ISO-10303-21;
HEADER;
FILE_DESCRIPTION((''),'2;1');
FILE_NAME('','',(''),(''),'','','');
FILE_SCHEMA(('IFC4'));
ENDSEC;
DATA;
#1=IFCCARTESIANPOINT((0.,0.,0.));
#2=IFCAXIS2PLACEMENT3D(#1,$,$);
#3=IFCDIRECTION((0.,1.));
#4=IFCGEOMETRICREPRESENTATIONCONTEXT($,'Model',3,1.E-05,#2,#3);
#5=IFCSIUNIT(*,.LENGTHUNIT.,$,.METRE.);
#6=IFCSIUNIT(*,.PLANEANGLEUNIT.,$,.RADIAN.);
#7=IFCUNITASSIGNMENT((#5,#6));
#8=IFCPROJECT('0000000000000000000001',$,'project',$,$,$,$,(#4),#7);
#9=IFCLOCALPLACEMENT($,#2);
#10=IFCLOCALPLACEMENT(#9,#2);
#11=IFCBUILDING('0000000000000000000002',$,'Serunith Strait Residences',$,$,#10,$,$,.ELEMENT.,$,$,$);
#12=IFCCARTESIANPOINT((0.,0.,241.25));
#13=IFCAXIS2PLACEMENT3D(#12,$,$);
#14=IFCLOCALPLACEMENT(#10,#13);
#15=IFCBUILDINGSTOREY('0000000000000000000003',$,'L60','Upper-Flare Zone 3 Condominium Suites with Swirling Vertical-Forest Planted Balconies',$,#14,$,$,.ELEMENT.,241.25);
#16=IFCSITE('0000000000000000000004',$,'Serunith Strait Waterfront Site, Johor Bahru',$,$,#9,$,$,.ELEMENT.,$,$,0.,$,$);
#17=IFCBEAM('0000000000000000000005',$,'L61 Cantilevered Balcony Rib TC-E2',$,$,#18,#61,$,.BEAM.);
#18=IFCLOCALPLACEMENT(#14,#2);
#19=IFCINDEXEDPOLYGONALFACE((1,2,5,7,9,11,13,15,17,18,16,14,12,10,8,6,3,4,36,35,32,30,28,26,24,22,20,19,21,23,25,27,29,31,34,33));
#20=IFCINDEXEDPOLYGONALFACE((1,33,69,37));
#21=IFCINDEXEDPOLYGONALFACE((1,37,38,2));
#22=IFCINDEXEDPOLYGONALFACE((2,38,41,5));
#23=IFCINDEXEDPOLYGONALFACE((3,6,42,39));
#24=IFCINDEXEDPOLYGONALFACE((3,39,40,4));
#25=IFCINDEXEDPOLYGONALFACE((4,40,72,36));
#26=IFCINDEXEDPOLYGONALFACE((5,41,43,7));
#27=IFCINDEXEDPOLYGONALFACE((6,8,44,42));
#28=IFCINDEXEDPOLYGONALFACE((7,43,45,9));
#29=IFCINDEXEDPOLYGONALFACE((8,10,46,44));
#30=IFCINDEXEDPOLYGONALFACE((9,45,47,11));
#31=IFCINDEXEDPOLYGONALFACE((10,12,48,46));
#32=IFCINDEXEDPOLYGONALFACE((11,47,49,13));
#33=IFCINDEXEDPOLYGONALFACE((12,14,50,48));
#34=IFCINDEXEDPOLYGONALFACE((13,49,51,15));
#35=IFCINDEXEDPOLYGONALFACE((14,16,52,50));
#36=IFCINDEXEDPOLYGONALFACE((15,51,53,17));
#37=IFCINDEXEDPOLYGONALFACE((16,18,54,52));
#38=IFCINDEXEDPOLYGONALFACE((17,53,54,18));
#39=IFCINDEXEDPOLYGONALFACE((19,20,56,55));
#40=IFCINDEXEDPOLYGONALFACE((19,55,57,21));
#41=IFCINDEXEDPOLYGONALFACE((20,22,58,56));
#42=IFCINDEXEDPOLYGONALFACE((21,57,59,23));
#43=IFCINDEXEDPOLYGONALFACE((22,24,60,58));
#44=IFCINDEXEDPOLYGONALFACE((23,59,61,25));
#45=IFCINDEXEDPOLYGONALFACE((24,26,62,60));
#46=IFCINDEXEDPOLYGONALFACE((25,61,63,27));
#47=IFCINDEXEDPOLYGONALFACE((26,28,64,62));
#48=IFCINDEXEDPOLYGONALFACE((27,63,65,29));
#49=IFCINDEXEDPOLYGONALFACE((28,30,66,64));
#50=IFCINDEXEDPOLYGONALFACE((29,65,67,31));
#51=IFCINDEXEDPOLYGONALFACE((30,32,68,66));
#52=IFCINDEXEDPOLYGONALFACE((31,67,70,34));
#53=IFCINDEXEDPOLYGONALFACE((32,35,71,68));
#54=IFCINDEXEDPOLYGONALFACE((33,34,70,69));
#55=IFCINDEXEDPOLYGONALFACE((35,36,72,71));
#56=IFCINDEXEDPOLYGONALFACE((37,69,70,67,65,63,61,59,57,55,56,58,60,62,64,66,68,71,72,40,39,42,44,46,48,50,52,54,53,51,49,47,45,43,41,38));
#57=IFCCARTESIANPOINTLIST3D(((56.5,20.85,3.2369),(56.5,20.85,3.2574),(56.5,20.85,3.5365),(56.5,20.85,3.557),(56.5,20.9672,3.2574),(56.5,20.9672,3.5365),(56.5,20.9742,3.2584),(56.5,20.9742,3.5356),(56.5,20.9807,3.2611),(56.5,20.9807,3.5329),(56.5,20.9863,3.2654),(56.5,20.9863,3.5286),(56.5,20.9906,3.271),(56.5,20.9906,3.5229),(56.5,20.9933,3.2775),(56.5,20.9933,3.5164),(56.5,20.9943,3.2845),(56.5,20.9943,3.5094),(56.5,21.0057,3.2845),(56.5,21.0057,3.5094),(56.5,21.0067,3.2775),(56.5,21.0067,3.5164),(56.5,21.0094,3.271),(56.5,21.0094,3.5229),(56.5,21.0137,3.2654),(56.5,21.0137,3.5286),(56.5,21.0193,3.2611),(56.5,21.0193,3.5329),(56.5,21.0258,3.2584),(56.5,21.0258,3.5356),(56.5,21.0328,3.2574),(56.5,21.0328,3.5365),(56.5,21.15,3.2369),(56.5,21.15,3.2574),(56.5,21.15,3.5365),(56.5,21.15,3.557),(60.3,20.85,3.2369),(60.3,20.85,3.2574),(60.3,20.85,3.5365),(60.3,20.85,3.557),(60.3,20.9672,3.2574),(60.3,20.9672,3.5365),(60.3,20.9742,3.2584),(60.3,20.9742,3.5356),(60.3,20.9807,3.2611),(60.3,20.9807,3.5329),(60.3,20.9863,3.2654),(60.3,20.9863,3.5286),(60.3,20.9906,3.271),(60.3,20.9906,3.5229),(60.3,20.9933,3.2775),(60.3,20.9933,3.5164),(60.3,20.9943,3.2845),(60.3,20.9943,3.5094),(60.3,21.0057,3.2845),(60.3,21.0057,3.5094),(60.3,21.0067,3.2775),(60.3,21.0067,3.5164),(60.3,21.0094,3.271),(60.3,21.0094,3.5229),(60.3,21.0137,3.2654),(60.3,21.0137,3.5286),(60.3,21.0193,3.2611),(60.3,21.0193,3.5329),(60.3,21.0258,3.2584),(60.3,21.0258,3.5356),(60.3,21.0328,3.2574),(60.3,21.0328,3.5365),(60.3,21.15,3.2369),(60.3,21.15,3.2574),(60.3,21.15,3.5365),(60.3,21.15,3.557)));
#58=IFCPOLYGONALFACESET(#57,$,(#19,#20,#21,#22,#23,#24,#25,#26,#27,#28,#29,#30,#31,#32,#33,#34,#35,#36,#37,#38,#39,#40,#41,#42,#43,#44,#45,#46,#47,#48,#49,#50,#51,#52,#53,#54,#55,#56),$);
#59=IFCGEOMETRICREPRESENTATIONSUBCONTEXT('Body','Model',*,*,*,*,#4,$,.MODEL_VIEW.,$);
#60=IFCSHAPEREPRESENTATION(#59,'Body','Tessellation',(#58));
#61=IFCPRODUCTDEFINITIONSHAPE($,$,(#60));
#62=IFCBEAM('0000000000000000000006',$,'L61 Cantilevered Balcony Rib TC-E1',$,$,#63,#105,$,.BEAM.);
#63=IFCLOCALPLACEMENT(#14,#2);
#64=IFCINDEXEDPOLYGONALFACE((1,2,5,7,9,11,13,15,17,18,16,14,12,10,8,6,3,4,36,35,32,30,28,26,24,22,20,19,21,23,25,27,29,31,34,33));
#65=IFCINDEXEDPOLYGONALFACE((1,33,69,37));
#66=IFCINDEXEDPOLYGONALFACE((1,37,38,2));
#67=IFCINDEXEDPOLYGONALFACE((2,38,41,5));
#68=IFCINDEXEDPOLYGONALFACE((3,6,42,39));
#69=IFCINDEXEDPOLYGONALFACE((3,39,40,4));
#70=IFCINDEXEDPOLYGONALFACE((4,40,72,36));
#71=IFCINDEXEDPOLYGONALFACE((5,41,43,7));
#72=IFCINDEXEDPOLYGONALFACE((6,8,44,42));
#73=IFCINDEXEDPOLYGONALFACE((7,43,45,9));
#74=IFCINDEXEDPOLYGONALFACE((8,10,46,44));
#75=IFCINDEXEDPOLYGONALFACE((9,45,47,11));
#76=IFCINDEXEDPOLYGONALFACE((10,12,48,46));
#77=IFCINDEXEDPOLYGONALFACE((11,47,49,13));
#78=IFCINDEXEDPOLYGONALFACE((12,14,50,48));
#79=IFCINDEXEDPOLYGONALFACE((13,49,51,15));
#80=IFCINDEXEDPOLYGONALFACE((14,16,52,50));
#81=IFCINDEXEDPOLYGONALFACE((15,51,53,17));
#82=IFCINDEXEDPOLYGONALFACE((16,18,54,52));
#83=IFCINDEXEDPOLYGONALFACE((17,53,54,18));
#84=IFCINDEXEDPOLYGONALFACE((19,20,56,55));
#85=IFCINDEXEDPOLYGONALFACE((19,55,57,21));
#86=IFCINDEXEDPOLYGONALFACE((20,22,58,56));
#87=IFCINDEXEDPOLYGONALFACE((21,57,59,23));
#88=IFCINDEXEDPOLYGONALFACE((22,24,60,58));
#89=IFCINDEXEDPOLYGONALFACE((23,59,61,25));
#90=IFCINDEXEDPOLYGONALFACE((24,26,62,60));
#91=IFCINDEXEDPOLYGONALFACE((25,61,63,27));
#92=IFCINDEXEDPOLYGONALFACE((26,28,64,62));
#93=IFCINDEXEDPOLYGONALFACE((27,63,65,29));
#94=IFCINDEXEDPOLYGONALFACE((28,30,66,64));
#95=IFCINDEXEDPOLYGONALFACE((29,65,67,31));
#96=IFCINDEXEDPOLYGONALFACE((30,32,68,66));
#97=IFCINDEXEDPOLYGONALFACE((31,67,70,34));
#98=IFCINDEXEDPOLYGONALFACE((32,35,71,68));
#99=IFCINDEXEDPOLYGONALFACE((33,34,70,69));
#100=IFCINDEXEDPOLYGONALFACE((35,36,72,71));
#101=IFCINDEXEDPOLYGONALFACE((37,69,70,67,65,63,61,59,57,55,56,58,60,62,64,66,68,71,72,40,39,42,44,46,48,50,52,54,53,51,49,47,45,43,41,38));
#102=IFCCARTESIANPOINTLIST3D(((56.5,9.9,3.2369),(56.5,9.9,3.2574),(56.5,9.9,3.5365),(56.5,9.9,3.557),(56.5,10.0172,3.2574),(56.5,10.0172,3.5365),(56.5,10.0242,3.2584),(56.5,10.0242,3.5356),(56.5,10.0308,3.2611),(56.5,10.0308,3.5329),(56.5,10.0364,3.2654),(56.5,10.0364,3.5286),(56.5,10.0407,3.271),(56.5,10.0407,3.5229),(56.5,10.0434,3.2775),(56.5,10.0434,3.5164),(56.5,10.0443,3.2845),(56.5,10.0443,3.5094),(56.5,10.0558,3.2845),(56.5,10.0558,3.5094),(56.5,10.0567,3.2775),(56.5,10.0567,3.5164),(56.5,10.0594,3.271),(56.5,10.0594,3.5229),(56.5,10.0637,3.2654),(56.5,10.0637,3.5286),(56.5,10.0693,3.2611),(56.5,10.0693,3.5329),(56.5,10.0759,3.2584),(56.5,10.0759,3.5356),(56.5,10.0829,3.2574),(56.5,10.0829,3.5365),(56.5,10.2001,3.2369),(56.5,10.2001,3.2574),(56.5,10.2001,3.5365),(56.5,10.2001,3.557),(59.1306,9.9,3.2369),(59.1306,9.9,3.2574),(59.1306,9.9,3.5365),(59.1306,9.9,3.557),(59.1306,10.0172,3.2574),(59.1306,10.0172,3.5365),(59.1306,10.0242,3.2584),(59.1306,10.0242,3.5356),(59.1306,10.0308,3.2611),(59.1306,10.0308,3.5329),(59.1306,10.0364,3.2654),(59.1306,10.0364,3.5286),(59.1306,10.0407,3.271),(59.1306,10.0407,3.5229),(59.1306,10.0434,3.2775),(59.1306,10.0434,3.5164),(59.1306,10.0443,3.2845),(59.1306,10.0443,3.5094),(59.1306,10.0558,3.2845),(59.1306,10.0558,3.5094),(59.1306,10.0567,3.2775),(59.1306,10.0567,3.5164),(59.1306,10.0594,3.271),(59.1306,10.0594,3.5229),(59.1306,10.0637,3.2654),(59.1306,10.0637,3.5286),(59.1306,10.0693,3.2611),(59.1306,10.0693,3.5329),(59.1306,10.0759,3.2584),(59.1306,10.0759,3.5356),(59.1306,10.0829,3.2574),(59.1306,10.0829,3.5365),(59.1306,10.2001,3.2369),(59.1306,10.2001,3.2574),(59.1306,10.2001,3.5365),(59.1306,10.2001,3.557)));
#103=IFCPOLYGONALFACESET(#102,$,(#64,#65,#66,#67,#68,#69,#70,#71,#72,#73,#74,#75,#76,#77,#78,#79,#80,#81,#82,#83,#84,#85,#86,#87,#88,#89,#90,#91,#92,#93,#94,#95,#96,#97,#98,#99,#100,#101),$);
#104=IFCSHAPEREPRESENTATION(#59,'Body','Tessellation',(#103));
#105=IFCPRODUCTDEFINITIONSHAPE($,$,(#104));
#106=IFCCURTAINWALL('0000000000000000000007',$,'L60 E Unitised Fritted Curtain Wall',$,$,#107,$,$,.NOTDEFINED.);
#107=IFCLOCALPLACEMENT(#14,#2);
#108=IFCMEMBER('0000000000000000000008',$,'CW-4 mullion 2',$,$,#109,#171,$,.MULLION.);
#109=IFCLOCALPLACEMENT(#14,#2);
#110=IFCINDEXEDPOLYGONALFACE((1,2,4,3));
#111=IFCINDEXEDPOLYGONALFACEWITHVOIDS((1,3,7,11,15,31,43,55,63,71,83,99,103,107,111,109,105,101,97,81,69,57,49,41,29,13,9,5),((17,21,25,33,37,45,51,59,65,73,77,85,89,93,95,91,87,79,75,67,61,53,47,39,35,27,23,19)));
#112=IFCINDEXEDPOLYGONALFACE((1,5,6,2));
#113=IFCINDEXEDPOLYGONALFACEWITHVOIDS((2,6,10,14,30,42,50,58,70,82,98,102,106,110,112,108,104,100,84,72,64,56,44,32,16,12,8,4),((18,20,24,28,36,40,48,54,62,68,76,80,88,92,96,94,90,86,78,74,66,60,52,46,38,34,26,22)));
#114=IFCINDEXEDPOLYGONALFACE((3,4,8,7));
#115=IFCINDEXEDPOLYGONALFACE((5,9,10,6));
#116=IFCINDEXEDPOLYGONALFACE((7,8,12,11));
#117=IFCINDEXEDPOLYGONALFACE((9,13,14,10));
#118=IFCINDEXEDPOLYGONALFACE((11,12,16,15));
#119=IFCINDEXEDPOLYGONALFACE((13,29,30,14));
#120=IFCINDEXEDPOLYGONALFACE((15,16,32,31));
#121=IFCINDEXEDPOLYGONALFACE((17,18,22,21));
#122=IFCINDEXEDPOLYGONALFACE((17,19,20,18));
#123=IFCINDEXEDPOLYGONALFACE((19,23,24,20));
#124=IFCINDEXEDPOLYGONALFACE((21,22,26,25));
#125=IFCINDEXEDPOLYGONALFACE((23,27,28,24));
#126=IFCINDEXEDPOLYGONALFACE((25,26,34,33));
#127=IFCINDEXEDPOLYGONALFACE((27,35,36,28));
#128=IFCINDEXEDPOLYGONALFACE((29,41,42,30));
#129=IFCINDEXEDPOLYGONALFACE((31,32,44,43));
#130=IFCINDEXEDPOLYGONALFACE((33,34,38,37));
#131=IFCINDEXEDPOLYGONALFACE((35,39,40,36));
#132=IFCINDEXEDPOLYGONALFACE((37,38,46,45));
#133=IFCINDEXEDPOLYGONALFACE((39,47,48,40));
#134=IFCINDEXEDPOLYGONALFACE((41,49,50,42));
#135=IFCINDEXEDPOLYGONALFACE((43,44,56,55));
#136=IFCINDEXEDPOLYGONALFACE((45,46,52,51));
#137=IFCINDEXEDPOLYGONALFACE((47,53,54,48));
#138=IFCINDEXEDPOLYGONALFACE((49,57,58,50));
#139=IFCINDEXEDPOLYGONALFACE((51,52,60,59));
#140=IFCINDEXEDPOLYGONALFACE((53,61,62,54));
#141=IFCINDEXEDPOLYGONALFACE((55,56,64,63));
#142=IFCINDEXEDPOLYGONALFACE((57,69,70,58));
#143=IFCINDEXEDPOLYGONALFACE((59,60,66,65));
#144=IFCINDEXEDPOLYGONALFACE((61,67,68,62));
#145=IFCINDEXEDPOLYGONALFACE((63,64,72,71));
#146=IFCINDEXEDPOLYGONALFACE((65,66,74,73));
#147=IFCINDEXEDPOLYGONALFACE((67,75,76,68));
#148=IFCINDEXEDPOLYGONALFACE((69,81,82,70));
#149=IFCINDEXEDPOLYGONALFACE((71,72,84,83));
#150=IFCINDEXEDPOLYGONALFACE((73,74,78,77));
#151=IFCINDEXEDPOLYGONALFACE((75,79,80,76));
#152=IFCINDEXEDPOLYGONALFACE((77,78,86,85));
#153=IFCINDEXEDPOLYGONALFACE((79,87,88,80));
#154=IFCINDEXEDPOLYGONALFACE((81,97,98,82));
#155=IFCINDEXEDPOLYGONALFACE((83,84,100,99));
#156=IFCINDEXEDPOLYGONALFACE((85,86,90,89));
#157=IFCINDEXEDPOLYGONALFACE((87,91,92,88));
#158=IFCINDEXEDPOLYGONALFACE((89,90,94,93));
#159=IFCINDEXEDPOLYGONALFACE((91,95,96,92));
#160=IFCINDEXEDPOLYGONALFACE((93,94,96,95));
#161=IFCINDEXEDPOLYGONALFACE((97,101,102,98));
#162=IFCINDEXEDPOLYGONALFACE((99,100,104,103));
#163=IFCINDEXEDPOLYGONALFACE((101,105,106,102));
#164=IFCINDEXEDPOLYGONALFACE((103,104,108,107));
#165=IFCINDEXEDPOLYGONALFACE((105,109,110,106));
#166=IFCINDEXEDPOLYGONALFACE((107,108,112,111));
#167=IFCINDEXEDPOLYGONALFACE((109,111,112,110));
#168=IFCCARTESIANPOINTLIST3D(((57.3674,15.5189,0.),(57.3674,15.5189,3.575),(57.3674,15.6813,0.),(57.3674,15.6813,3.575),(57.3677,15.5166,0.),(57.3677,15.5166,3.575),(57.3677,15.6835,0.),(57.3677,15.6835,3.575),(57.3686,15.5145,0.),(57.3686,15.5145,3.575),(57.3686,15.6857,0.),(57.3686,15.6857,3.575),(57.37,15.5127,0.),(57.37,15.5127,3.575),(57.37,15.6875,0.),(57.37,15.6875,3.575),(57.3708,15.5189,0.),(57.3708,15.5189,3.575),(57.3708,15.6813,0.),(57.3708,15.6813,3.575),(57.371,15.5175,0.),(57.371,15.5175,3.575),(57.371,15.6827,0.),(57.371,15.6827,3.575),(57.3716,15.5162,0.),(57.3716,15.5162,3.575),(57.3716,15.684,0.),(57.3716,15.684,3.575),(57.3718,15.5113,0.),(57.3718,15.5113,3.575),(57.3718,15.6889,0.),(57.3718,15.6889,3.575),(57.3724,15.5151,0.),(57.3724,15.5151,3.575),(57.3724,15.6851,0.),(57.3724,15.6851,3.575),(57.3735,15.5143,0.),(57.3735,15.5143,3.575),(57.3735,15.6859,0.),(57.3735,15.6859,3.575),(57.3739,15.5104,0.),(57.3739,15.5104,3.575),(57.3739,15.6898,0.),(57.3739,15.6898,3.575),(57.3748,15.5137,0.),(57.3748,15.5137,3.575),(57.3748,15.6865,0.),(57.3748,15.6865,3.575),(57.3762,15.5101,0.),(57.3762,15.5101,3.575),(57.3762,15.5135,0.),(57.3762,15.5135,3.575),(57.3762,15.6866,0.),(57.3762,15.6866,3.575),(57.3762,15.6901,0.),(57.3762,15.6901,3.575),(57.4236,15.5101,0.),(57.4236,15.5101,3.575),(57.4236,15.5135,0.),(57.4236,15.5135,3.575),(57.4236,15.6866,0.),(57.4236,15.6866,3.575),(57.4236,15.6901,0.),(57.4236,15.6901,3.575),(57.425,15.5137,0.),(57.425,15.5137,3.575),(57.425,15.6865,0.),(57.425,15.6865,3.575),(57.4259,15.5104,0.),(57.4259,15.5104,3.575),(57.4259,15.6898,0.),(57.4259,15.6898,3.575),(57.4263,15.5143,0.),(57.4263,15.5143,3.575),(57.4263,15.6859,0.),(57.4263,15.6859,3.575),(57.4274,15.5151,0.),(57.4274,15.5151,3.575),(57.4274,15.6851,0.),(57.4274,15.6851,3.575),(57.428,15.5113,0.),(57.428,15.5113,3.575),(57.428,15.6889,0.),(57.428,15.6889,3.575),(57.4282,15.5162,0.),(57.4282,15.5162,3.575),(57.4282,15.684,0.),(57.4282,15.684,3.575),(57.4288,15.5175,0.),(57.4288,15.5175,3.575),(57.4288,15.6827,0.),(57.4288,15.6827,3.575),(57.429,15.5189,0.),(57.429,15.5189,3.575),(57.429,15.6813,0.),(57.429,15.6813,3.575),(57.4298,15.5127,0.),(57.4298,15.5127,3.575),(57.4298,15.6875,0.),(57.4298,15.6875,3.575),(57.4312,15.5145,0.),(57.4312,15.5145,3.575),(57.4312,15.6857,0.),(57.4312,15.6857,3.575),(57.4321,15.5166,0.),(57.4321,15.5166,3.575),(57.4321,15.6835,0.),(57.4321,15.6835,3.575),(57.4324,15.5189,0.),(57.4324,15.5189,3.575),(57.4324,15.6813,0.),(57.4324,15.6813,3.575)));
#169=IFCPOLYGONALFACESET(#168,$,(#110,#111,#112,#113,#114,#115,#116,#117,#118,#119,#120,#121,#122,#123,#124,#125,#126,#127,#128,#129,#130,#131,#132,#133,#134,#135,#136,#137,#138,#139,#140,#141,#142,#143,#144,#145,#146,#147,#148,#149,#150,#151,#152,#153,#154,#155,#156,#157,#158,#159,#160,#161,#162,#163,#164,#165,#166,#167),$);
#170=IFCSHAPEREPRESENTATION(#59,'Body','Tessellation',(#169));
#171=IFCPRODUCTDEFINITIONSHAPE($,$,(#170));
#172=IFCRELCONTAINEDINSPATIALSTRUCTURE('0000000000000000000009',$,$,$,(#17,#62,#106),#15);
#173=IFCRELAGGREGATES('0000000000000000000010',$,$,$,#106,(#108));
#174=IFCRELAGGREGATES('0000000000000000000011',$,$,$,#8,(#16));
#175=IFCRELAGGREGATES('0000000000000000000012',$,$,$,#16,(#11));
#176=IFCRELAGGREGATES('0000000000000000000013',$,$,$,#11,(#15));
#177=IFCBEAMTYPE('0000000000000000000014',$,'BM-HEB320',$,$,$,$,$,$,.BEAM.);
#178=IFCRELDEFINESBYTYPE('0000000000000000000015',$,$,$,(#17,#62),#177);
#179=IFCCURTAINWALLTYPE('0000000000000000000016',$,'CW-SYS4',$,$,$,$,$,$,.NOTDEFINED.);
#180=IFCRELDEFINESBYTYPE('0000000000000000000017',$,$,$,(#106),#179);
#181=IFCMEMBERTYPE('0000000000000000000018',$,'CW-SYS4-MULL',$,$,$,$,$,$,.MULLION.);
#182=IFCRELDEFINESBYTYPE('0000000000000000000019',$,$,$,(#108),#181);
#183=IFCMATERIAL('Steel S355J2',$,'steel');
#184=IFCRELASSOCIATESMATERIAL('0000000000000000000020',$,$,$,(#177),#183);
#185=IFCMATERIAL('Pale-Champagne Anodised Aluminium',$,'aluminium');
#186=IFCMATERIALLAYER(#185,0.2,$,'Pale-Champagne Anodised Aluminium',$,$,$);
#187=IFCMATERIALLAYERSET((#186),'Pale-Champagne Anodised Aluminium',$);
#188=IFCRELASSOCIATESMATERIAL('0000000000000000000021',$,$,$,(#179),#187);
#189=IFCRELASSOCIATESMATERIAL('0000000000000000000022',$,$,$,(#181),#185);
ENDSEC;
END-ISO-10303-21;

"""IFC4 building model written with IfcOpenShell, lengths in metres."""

from ifc_helpers import new_model, si_unit, direction, frame, origin, origin_2d, place, context, subcontext, project, spatial, hollow_rectangle, i_section, extrude, source, transform, mapped, material, layer, layer_set, material_profile, profile_set, type_object, element, aggregate, save


model = new_model("IFC4")

# Units and contexts
model_context = context("Model", 3, precision=1e-05, world=origin(), true_north=direction((0.0, 1.0)))
body_context = subcontext(model_context, "Body", "Model", "MODEL_VIEW")
ifc_project = project(units=[si_unit("LENGTHUNIT", "METRE"), si_unit("PLANEANGLEUNIT", "RADIAN")], contexts=[model_context])

# Site, building, storey
site_placement = place(None, origin())
site = spatial("IfcSite", under=ifc_project, at=site_placement, Name="Serunith Strait Waterfront Site, Johor Bahru", CompositionType="ELEMENT", RefElevation=0.0)
building_placement = place(site_placement, origin())
building = spatial("IfcBuilding", under=site, at=building_placement, Name="Serunith Strait Residences", CompositionType="ELEMENT")
storey_placement = place(building_placement, frame((0.0, 0.0, 241.25)))
storey = spatial("IfcBuildingStorey", under=building, at=storey_placement, Name="L60", Description="Upper-Flare Zone 3 Condominium Suites with Swirling Vertical-Forest Planted Balconies", CompositionType="ELEMENT", Elevation=241.25)

# Beams
ifc_material_1 = material(Name="Steel S355J2", Category="steel")
ifc_material_profile_1 = material_profile(ifc_material_1, i_section(OverallWidth=0.3, OverallDepth=0.3201, WebThickness=0.0115, FlangeThickness=0.0205, FilletRadius=0.0271, at=origin_2d()), Name="HEB 320")
ifc_profile_set_1 = profile_set([ifc_material_profile_1], Name="Steel S355J2")
beam_type_1 = type_object("IfcBeamType", Name="BM-HEB320", PredefinedType="BEAM", material=ifc_profile_set_1)
shared_shape_1 = source(origin(), body_context, "Body", "SweptSolid", [
    extrude(i_section(OverallWidth=0.3, OverallDepth=0.3201, WebThickness=0.0115, FlangeThickness=0.0205, FilletRadius=0.0271, at=origin_2d()), origin(), (0.0, 0.0, 1.0), 3.8),
])
beam_1_placement = place(storey_placement, frame((56.5, 21.0, 3.397), z_axis=(1.0, 0.0, 0.0), x_axis=(0.0, 1.0, 0.0)))
element("IfcBeam", 1, at=beam_1_placement, inside=storey, type_object=beam_type_1, Name="L61 Cantilevered Balcony Rib TC-E2", PredefinedType="BEAM", context=body_context, shape_type="MappedRepresentation", body=[
    mapped(shared_shape_1, transform((0.0, 0.0, 0.0), scale=1.0)),
])
shared_shape_2 = source(origin(), body_context, "Body", "SweptSolid", [
    extrude(i_section(OverallWidth=0.3, OverallDepth=0.3201, WebThickness=0.0115, FlangeThickness=0.0205, FilletRadius=0.0271, at=origin_2d()), origin(), (0.0, 0.0, 1.0), 2.6306),
])
beam_2_placement = place(storey_placement, frame((56.5, 10.05, 3.397), z_axis=(1.0, 0.0, 0.0), x_axis=(0.0, 1.0, 0.0)))
element("IfcBeam", 2, at=beam_2_placement, inside=storey, type_object=beam_type_1, Name="L61 Cantilevered Balcony Rib TC-E1", PredefinedType="BEAM", context=body_context, shape_type="MappedRepresentation", body=[
    mapped(shared_shape_2, transform((0.0, 0.0, 0.0), scale=1.0)),
])

# Curtain wall, member
ifc_material_2 = material(Name="Pale-Champagne Anodised Aluminium", Category="aluminium")
ifc_layer_1 = layer(ifc_material_2, 0.2, Name="Pale-Champagne Anodised Aluminium")
ifc_layer_set_1 = layer_set([ifc_layer_1], Name="Pale-Champagne Anodised Aluminium")
curtain_wall_type = type_object("IfcCurtainWallType", Name="CW-SYS4", PredefinedType="NOTDEFINED", material=ifc_layer_set_1)
curtain_wall_placement = place(storey_placement, origin())
curtain_wall = element("IfcCurtainWall", 3, at=curtain_wall_placement, inside=storey, type_object=curtain_wall_type, Name="L60 E Unitised Fritted Curtain Wall", PredefinedType="NOTDEFINED")
ifc_material_profile_2 = material_profile(ifc_material_2, hollow_rectangle(XDim=0.0649, YDim=0.1799, WallThickness=0.0034, InnerFilletRadius=0.0054, OuterFilletRadius=0.0088, at=origin_2d()), Name="ALU 180x65x3.5")
ifc_profile_set_2 = profile_set([ifc_material_profile_2], Name="Pale-Champagne Anodised Aluminium")
member_type_1 = type_object("IfcMemberType", Name="CW-SYS4-MULL", PredefinedType="MULLION", material=ifc_profile_set_2)
shared_shape_3 = source(origin(), body_context, "Body", "SweptSolid", [
    extrude(hollow_rectangle(XDim=0.0649, YDim=0.1799, WallThickness=0.0034, InnerFilletRadius=0.0054, OuterFilletRadius=0.0088, at=origin_2d()), origin(), (0.0, 0.0, 1.0), 3.575),
])
member_1_placement = place(storey_placement, frame((57.3999, 15.6001, 0.0), z_axis=(0.0, 0.0, 1.0), x_axis=(-1.0, 0.0, 0.0)))
member_1 = element("IfcMember", 4, at=member_1_placement, type_object=member_type_1, Name="CW-4 mullion 2", PredefinedType="MULLION", context=body_context, shape_type="MappedRepresentation", body=[
    mapped(shared_shape_3, transform((0.0, 0.0, 0.0), scale=1.0)),
])
aggregate(curtain_wall, [member_1])

save(model, "model.ifc")
